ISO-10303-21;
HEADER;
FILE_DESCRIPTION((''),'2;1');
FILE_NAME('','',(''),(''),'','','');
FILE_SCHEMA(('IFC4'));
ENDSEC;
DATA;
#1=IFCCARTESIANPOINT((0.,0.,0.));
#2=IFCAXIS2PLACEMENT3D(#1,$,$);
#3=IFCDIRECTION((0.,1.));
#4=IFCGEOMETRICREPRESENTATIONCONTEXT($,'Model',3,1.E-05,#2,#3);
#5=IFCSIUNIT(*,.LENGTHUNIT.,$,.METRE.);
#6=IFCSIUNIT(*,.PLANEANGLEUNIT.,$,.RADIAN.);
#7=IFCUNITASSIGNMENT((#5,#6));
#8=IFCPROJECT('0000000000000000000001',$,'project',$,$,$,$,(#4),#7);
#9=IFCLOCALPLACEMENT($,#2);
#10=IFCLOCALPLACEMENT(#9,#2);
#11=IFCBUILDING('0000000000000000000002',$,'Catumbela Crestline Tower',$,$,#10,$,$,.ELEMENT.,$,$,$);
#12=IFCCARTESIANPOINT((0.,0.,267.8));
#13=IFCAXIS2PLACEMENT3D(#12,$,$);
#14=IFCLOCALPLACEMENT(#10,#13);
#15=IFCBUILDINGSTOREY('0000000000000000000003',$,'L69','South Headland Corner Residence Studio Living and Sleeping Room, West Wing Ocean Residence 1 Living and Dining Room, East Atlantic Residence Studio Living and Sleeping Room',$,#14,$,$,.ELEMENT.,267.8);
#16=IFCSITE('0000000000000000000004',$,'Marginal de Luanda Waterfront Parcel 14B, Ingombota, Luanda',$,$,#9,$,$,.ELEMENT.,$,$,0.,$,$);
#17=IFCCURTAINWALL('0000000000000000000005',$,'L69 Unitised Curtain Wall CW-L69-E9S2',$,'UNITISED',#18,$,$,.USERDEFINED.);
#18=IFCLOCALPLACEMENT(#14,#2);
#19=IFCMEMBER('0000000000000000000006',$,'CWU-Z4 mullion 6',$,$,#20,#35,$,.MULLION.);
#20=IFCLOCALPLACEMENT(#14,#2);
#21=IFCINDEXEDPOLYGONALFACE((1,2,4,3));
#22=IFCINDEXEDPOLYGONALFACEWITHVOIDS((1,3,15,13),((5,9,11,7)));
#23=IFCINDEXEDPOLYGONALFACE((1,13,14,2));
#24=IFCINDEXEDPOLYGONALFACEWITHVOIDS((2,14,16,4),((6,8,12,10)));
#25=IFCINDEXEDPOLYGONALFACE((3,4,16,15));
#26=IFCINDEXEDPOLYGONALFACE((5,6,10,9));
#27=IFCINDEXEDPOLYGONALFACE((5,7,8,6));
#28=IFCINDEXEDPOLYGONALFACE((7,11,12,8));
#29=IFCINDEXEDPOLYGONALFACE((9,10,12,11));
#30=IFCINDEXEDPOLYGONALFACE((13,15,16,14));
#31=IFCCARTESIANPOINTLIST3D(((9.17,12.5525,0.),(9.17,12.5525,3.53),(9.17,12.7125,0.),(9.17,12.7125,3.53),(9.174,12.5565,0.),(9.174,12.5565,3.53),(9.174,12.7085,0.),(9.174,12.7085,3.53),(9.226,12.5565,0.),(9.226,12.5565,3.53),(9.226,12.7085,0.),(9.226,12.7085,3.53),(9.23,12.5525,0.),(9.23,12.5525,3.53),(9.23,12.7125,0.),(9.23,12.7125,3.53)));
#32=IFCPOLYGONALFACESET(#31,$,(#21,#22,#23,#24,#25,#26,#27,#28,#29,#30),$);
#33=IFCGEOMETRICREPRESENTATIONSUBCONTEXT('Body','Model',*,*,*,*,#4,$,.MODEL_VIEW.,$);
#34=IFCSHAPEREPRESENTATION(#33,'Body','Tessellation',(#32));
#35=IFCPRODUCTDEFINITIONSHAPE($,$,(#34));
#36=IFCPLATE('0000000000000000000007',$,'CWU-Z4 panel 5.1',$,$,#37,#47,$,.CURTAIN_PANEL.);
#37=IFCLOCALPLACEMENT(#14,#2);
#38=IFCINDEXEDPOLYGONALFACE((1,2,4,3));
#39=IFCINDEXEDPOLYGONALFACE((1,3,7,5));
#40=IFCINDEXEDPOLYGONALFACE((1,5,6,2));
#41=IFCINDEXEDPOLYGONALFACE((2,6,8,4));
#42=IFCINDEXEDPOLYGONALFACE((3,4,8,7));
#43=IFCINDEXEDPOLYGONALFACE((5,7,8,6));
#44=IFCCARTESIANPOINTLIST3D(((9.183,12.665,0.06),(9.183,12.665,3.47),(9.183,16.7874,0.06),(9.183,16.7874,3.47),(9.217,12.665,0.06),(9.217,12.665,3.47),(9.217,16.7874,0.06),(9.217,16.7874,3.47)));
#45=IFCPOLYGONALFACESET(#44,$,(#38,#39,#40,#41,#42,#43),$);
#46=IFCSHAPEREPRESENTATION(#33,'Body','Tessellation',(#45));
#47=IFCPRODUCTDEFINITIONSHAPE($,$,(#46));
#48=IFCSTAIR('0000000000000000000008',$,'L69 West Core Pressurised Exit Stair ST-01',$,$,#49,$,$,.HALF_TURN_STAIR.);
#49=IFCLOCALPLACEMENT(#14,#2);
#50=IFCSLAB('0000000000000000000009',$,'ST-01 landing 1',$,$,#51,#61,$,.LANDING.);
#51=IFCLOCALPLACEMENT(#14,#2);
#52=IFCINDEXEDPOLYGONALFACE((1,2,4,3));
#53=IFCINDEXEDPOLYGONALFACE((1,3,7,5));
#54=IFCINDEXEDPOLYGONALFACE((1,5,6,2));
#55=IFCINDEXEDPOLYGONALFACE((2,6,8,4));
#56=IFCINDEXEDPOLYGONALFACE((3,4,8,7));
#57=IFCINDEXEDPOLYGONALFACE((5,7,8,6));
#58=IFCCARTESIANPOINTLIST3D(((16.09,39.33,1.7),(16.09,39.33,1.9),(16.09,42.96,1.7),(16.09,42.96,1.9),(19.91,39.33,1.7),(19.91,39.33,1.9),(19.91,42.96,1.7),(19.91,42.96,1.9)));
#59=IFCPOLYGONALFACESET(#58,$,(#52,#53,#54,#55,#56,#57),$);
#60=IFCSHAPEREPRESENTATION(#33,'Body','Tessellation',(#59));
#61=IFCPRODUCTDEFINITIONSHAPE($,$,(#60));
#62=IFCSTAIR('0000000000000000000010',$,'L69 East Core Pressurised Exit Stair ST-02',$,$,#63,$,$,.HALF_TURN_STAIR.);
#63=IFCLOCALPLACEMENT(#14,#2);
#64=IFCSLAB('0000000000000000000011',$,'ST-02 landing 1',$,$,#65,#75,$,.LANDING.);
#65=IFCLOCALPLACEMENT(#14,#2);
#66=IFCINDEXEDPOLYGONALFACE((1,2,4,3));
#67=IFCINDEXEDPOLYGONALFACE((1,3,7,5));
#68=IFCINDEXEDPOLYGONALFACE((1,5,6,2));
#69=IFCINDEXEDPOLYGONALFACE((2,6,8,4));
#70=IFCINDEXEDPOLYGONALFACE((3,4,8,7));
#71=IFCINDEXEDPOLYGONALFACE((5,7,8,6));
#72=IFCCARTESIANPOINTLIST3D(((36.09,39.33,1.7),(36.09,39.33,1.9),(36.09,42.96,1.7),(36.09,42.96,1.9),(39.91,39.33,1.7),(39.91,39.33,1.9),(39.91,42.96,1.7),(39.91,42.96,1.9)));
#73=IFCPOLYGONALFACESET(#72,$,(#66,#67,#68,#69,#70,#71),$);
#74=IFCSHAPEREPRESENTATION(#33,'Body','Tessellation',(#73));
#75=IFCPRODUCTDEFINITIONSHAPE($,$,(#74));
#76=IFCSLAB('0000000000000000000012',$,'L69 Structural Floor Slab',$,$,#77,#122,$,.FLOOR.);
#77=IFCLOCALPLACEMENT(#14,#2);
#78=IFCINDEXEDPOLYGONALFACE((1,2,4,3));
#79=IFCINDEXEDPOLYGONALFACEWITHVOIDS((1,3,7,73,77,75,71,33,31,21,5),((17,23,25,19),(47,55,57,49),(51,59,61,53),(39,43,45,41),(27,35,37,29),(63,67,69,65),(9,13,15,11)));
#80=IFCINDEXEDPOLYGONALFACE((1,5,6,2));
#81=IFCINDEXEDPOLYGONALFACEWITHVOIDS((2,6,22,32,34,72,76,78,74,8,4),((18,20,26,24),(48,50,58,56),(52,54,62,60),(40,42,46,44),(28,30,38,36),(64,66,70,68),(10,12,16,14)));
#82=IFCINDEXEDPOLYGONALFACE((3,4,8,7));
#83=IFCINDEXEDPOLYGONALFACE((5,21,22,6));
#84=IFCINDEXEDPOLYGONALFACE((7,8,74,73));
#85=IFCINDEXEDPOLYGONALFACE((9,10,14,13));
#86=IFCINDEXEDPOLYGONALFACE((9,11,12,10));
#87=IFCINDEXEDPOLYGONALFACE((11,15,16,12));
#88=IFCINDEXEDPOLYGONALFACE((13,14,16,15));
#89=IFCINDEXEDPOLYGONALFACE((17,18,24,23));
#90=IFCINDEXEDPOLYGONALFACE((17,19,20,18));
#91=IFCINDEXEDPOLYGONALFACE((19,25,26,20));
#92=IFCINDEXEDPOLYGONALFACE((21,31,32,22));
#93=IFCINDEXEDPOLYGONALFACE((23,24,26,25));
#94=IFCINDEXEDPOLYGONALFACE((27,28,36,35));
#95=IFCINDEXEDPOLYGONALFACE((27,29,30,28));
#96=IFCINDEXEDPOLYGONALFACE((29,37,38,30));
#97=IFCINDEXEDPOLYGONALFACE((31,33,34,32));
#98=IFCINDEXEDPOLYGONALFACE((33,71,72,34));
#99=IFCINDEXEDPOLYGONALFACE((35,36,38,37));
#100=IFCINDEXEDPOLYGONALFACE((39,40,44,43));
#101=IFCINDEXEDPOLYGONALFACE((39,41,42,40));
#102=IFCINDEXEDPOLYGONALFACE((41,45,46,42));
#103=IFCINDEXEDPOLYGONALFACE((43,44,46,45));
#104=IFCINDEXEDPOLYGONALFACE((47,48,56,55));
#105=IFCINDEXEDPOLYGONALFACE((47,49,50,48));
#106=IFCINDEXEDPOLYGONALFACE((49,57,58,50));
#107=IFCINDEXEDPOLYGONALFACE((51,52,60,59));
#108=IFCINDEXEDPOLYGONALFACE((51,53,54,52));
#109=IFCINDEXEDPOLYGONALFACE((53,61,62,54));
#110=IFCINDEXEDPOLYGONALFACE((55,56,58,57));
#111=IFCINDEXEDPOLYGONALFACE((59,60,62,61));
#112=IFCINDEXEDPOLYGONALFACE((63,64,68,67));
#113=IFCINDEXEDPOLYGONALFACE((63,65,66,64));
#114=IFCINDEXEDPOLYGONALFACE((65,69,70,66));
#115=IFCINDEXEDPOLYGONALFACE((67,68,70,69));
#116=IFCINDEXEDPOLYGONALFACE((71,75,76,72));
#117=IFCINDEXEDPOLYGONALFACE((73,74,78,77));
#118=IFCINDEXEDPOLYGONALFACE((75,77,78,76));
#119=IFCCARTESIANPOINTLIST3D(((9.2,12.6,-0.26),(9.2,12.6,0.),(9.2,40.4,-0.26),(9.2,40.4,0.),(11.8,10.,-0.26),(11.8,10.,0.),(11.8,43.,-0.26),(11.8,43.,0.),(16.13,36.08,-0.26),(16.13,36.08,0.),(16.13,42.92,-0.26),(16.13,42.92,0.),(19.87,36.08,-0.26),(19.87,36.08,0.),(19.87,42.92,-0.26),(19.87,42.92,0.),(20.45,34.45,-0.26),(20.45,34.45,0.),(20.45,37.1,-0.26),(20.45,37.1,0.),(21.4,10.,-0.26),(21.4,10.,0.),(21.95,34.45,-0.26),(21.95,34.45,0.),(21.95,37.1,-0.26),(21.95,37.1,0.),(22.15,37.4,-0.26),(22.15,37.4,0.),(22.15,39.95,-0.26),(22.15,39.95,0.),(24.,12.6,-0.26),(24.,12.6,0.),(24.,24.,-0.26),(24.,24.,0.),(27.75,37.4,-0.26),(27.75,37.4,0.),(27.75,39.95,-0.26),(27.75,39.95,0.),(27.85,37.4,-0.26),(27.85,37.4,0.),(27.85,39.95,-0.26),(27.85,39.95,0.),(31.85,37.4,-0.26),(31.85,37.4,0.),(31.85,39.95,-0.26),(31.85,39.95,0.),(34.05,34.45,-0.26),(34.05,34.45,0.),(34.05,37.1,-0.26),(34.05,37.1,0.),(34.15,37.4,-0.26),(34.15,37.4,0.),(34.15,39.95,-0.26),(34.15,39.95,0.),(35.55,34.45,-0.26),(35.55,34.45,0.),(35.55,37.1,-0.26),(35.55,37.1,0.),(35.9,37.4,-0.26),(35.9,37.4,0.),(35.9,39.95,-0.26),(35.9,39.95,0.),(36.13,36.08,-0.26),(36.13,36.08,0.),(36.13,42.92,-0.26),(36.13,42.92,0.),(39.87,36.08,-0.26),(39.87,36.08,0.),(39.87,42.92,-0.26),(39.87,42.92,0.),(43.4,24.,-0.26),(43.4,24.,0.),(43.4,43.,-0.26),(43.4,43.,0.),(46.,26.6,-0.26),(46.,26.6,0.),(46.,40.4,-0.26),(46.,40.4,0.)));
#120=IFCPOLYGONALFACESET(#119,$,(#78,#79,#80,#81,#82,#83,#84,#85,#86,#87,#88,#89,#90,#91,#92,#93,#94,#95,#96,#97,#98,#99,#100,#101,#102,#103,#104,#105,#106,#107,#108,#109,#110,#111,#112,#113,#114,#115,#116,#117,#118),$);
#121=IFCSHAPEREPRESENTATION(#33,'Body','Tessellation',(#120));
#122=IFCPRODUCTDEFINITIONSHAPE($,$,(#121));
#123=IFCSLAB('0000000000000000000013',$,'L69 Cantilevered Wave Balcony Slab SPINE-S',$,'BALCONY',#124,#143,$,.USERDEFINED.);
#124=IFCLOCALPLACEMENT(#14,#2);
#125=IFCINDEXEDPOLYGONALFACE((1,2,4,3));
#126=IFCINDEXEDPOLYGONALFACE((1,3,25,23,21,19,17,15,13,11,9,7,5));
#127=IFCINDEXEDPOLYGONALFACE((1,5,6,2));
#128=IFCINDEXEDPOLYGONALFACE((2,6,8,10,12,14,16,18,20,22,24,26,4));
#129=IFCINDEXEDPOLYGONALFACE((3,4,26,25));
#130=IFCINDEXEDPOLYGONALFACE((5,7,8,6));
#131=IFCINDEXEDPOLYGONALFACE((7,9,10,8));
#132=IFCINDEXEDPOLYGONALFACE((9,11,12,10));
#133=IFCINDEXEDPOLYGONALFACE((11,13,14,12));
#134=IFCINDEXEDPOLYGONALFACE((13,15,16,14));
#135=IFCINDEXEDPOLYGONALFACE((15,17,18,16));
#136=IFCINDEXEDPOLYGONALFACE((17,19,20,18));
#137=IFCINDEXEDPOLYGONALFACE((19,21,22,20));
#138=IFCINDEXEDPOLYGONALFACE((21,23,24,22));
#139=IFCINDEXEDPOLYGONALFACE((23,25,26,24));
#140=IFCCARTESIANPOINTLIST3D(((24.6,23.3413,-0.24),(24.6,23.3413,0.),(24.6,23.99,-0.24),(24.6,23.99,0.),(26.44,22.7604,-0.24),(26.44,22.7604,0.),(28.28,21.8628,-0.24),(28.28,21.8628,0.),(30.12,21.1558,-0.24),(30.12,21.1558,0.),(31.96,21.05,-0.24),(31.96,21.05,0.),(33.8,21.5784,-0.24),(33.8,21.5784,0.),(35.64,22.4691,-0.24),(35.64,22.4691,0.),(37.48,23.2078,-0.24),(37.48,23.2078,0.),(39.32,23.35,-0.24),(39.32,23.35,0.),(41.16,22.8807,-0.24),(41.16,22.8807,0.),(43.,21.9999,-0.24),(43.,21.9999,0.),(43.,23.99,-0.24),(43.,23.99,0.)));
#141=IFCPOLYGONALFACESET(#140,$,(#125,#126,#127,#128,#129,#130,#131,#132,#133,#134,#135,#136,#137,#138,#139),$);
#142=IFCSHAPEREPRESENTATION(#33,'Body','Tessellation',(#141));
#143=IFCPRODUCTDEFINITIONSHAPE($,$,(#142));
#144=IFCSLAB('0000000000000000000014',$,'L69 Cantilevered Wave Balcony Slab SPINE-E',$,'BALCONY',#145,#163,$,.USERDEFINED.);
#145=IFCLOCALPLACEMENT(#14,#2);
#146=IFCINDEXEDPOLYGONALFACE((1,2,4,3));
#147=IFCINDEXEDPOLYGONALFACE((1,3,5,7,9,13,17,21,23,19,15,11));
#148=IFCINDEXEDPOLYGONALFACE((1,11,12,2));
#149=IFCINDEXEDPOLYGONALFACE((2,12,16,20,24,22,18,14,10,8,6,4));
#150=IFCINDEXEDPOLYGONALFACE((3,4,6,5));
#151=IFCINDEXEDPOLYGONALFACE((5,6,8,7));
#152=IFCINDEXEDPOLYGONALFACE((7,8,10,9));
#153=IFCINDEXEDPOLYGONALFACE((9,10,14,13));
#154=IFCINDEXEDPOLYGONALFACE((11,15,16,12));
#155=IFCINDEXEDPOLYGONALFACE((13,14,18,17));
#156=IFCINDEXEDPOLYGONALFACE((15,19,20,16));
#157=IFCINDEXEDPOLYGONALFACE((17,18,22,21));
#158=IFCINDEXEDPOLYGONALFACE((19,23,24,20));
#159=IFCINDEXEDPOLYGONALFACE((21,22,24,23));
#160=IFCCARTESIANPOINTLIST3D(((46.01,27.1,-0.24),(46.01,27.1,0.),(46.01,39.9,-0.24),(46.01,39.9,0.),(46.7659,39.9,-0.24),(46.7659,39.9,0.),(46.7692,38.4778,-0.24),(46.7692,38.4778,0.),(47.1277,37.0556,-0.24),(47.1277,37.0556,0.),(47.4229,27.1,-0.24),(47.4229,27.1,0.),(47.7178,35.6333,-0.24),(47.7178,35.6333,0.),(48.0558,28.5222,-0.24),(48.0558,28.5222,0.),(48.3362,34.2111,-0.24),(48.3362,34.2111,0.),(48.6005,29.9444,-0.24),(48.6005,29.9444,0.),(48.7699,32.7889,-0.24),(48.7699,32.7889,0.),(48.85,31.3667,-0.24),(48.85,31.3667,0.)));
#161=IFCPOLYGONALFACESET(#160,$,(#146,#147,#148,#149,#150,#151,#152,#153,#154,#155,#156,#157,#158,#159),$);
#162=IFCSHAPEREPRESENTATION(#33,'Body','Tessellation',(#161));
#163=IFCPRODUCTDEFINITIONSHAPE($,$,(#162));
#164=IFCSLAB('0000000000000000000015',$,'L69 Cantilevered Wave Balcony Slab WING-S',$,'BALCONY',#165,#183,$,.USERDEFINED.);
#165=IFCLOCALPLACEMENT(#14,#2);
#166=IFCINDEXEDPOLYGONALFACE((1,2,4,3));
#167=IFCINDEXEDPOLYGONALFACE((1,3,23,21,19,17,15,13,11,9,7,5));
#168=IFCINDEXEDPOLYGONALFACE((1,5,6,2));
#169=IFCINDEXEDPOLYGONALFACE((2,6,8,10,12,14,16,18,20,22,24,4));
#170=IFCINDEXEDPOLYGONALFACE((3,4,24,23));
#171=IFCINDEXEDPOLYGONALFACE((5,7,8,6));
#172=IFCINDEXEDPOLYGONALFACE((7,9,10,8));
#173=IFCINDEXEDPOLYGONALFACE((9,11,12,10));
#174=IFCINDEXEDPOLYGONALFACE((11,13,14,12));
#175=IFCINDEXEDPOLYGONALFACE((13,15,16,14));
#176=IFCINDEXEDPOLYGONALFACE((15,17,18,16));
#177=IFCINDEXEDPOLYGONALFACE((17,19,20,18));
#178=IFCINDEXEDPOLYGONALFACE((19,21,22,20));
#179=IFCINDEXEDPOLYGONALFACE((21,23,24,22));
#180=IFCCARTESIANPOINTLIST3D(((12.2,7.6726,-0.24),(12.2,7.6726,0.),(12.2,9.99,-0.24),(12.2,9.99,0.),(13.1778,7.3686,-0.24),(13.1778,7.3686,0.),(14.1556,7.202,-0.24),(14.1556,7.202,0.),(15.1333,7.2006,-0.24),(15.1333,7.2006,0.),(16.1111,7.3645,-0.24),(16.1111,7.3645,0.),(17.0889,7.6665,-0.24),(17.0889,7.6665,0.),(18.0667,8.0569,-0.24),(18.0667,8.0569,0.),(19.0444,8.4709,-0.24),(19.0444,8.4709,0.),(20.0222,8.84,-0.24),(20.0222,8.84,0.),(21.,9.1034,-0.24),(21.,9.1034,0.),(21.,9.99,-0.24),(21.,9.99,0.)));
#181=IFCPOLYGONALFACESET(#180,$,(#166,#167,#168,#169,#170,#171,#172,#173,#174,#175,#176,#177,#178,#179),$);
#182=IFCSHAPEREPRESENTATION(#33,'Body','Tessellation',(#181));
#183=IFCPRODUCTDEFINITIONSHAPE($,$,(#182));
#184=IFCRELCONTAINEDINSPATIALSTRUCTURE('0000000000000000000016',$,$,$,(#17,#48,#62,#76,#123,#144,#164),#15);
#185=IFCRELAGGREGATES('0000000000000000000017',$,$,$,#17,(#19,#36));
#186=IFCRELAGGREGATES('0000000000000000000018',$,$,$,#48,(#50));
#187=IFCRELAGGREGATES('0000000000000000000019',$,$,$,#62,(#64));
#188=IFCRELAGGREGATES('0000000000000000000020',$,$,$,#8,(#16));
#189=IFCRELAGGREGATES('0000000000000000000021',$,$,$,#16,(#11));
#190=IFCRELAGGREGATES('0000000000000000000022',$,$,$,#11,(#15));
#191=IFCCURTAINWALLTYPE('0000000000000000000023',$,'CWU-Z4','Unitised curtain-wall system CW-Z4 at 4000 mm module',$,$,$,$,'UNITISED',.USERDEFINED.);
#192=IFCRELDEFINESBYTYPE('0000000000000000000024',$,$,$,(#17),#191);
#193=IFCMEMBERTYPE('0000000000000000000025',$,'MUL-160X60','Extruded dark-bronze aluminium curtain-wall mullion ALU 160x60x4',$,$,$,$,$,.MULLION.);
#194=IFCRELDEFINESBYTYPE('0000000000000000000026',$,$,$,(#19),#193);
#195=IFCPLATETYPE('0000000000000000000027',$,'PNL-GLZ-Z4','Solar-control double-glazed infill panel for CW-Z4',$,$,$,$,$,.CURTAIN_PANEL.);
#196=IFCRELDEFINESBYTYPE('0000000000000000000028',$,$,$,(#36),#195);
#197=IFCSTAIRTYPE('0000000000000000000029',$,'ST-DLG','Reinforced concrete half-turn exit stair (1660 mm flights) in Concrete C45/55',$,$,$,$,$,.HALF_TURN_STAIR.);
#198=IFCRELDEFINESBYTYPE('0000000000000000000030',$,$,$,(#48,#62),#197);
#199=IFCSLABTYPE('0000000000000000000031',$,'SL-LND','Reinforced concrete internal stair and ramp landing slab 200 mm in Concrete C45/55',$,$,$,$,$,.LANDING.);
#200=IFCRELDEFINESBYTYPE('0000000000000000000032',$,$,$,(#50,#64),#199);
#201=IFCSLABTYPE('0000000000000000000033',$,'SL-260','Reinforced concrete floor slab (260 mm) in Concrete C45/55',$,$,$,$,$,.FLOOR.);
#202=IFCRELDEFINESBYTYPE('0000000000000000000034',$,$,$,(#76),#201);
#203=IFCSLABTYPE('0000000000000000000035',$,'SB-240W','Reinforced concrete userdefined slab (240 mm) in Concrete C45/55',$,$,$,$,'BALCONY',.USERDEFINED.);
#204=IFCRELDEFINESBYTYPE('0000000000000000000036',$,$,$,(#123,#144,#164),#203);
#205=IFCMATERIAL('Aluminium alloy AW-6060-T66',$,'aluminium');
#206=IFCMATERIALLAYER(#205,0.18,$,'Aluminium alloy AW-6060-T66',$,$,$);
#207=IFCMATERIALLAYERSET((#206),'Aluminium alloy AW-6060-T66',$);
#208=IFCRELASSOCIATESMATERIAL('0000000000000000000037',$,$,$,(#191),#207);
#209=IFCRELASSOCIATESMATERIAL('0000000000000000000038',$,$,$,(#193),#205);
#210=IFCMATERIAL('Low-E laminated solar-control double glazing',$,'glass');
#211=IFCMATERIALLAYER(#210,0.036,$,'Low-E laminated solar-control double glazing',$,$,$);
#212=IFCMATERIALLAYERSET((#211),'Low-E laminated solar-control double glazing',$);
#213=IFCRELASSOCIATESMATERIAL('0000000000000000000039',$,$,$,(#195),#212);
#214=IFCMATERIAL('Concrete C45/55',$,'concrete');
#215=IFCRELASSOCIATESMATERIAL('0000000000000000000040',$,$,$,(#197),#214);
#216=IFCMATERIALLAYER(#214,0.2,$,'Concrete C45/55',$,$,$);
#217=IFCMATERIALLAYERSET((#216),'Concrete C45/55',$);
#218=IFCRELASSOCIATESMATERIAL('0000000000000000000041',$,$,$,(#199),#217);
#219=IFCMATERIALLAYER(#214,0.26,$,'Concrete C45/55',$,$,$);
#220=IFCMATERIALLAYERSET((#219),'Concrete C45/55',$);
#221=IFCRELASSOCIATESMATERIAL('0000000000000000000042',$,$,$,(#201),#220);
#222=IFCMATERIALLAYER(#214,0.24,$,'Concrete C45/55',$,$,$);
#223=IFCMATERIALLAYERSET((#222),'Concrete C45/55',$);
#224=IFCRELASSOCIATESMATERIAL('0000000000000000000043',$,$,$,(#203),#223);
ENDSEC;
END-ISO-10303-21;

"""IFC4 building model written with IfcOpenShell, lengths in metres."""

from ifc_helpers import new_model, si_unit, direction, frame, origin, origin_2d, place, context, subcontext, project, spatial, polyline, rectangle, hollow_rectangle, outline, extrude, material, layer, layer_set, material_profile, profile_set, type_object, element, aggregate, save


model = new_model("IFC4")

# Units and contexts
model_context = context("Model", 3, precision=1e-05, world=origin(), true_north=direction((0.0, 1.0)))
body_context = subcontext(model_context, "Body", "Model", "MODEL_VIEW")
ifc_project = project(units=[si_unit("LENGTHUNIT", "METRE"), si_unit("PLANEANGLEUNIT", "RADIAN")], contexts=[model_context])

# Site, building, storey
site_placement = place(None, origin())
site = spatial("IfcSite", under=ifc_project, at=site_placement, Name="Marginal de Luanda Waterfront Parcel 14B, Ingombota, Luanda", CompositionType="ELEMENT", RefElevation=0.0)
building_placement = place(site_placement, origin())
building = spatial("IfcBuilding", under=site, at=building_placement, Name="Catumbela Crestline Tower", CompositionType="ELEMENT")
storey_placement = place(building_placement, frame((0.0, 0.0, 267.8)))
storey = spatial("IfcBuildingStorey", under=building, at=storey_placement, Name="L69", Description="South Headland Corner Residence Studio Living and Sleeping Room, West Wing Ocean Residence 1 Living and Dining Room, East Atlantic Residence Studio Living and Sleeping Room", CompositionType="ELEMENT", Elevation=267.8)

# Curtain wall, member, plate
ifc_material_1 = material(Name="Aluminium alloy AW-6060-T66", Category="aluminium")
ifc_layer_1 = layer(ifc_material_1, 0.18, Name="Aluminium alloy AW-6060-T66")
ifc_layer_set_1 = layer_set([ifc_layer_1], Name="Aluminium alloy AW-6060-T66")
curtain_wall_type = type_object("IfcCurtainWallType", Name="CWU-Z4", Description="Unitised curtain-wall system CW-Z4 at 4000 mm module", ElementType="UNITISED", PredefinedType="USERDEFINED", material=ifc_layer_set_1)
curtain_wall_placement = place(storey_placement, origin())
curtain_wall = element("IfcCurtainWall", 1, at=curtain_wall_placement, inside=storey, type_object=curtain_wall_type, Name="L69 Unitised Curtain Wall CW-L69-E9S2", ObjectType="UNITISED", PredefinedType="USERDEFINED")
ifc_material_profile = material_profile(ifc_material_1, hollow_rectangle(XDim=0.06, YDim=0.16, WallThickness=0.004, at=origin_2d()), Name="ALU 160x60x4")
ifc_profile_set = profile_set([ifc_material_profile], Name="Aluminium alloy AW-6060-T66")
member_type = type_object("IfcMemberType", Name="MUL-160X60", Description="Extruded dark-bronze aluminium curtain-wall mullion ALU 160x60x4", PredefinedType="MULLION", material=ifc_profile_set)
member_placement = place(storey_placement, frame((9.2, 12.6325, 0.0), z_axis=(0.0, 0.0, 1.0), x_axis=(1.0, 0.0, 0.0)))
member = element("IfcMember", 2, at=member_placement, type_object=member_type, Name="CWU-Z4 mullion 6", PredefinedType="MULLION", context=body_context, shape_type="SweptSolid", body=[
    extrude(hollow_rectangle(XDim=0.06, YDim=0.16, WallThickness=0.004, at=origin_2d()), origin(), (0.0, 0.0, 1.0), 3.53),
])
ifc_material_2 = material(Name="Low-E laminated solar-control double glazing", Category="glass")
ifc_layer_2 = layer(ifc_material_2, 0.036, Name="Low-E laminated solar-control double glazing")
ifc_layer_set_2 = layer_set([ifc_layer_2], Name="Low-E laminated solar-control double glazing")
plate_type = type_object("IfcPlateType", Name="PNL-GLZ-Z4", Description="Solar-control double-glazed infill panel for CW-Z4", PredefinedType="CURTAIN_PANEL", material=ifc_layer_set_2)
plate_placement = place(storey_placement, frame((9.2, 14.7262, 0.06), z_axis=(0.0, 0.0, 1.0), x_axis=(0.0, -1.0, 0.0)))
plate = element("IfcPlate", 3, at=plate_placement, type_object=plate_type, Name="CWU-Z4 panel 5.1", PredefinedType="CURTAIN_PANEL", context=body_context, shape_type="SweptSolid", body=[
    extrude(rectangle(XDim=4.1225, YDim=0.034, at=origin_2d()), origin(), (0.0, 0.0, 1.0), 3.41),
])
aggregate(curtain_wall, [member, plate])

# Stairs, slabs
ifc_material_3 = material(Name="Concrete C45/55", Category="concrete")
stair_type = type_object("IfcStairType", Name="ST-DLG", Description="Reinforced concrete half-turn exit stair (1660 mm flights) in Concrete C45/55", PredefinedType="HALF_TURN_STAIR", material=ifc_material_3)
stair_1_placement = place(storey_placement, origin())
stair_1 = element("IfcStair", 4, at=stair_1_placement, inside=storey, type_object=stair_type, Name="L69 West Core Pressurised Exit Stair ST-01", PredefinedType="HALF_TURN_STAIR")
ifc_layer_3 = layer(ifc_material_3, 0.2, Name="Concrete C45/55")
ifc_layer_set_3 = layer_set([ifc_layer_3], Name="Concrete C45/55")
slab_type_1 = type_object("IfcSlabType", Name="SL-LND", Description="Reinforced concrete internal stair and ramp landing slab 200 mm in Concrete C45/55", PredefinedType="LANDING", material=ifc_layer_set_3)
slab_1_placement = place(storey_placement, frame((0.0, 0.0, 1.7)))
slab_1 = element("IfcSlab", 5, at=slab_1_placement, type_object=slab_type_1, Name="ST-01 landing 1", PredefinedType="LANDING", context=body_context, shape_type="SweptSolid", body=[
    extrude(outline(polyline([(19.91, 39.33), (19.91, 42.96), (16.09, 42.96), (16.09, 39.33), (19.91, 39.33)])), origin(), (0.0, 0.0, 1.0), 0.2),
])
aggregate(stair_1, [slab_1])
stair_2_placement = place(storey_placement, origin())
stair_2 = element("IfcStair", 6, at=stair_2_placement, inside=storey, type_object=stair_type, Name="L69 East Core Pressurised Exit Stair ST-02", PredefinedType="HALF_TURN_STAIR")
slab_2_placement = place(storey_placement, frame((0.0, 0.0, 1.7)))
slab_2 = element("IfcSlab", 7, at=slab_2_placement, type_object=slab_type_1, Name="ST-02 landing 1", PredefinedType="LANDING", context=body_context, shape_type="SweptSolid", body=[
    extrude(outline(polyline([(39.91, 39.33), (39.91, 42.96), (36.09, 42.96), (36.09, 39.33), (39.91, 39.33)])), origin(), (0.0, 0.0, 1.0), 0.2),
])
aggregate(stair_2, [slab_2])

# Slabs
ifc_layer_4 = layer(ifc_material_3, 0.26, Name="Concrete C45/55")
ifc_layer_set_4 = layer_set([ifc_layer_4], Name="Concrete C45/55")
slab_type_2 = type_object("IfcSlabType", Name="SL-260", Description="Reinforced concrete floor slab (260 mm) in Concrete C45/55", PredefinedType="FLOOR", material=ifc_layer_set_4)
slab_3_placement = place(storey_placement, frame((0.0, 0.0, -0.26)))
element("IfcSlab", 8, at=slab_3_placement, inside=storey, type_object=slab_type_2, Name="L69 Structural Floor Slab", PredefinedType="FLOOR", context=body_context, shape_type="SweptSolid", body=[
    extrude(outline(polyline([(11.8, 10.0), (21.4, 10.0), (24.0, 12.6), (24.0, 24.0), (43.4, 24.0), (46.0, 26.6), (46.0, 40.4), (43.4, 43.0), (11.8, 43.0), (9.2, 40.4), (9.2, 12.6), (11.8, 10.0)]), holes=[polyline([(16.13, 36.08), (19.87, 36.08), (19.87, 42.92), (16.13, 42.92), (16.13, 36.08)]), polyline([(36.13, 36.08), (39.87, 36.08), (39.87, 42.92), (36.13, 42.92), (36.13, 36.08)]), polyline([(22.15, 37.4), (27.75, 37.4), (27.75, 39.95), (22.15, 39.95), (22.15, 37.4)]), polyline([(27.85, 37.4), (31.85, 37.4), (31.85, 39.95), (27.85, 39.95), (27.85, 37.4)]), polyline([(20.45, 34.45), (21.95, 34.45), (21.95, 37.1), (20.45, 37.1), (20.45, 34.45)]), polyline([(34.05, 34.45), (35.55, 34.45), (35.55, 37.1), (34.05, 37.1), (34.05, 34.45)]), polyline([(34.15, 37.4), (35.9, 37.4), (35.9, 39.95), (34.15, 39.95), (34.15, 37.4)])]), origin(), (0.0, 0.0, 1.0), 0.26),
])
ifc_layer_5 = layer(ifc_material_3, 0.24, Name="Concrete C45/55")
ifc_layer_set_5 = layer_set([ifc_layer_5], Name="Concrete C45/55")
slab_type_3 = type_object("IfcSlabType", Name="SB-240W", Description="Reinforced concrete userdefined slab (240 mm) in Concrete C45/55", ElementType="BALCONY", PredefinedType="USERDEFINED", material=ifc_layer_set_5)
slab_4_placement = place(storey_placement, frame((0.0, 0.0, -0.24)))
element("IfcSlab", 9, at=slab_4_placement, inside=storey, type_object=slab_type_3, Name="L69 Cantilevered Wave Balcony Slab SPINE-S", ObjectType="BALCONY", PredefinedType="USERDEFINED", context=body_context, shape_type="SweptSolid", body=[
    extrude(outline(polyline([(24.6, 23.3413), (26.44, 22.7604), (28.28, 21.8628), (30.12, 21.1558), (31.96, 21.05), (33.8, 21.5784), (35.64, 22.4691), (37.48, 23.2078), (39.32, 23.35), (41.16, 22.8807), (43.0, 21.9999), (43.0, 23.99), (24.6, 23.99), (24.6, 23.3413)])), origin(), (0.0, 0.0, 1.0), 0.24),
])
slab_5_placement = place(storey_placement, frame((0.0, 0.0, -0.24)))
element("IfcSlab", 10, at=slab_5_placement, inside=storey, type_object=slab_type_3, Name="L69 Cantilevered Wave Balcony Slab SPINE-E", ObjectType="BALCONY", PredefinedType="USERDEFINED", context=body_context, shape_type="SweptSolid", body=[
    extrude(outline(polyline([(46.01, 27.1), (47.4229, 27.1), (48.0558, 28.5222), (48.6005, 29.9444), (48.85, 31.3667), (48.7699, 32.7889), (48.3362, 34.2111), (47.7178, 35.6333), (47.1277, 37.0556), (46.7692, 38.4778), (46.7659, 39.9), (46.01, 39.9), (46.01, 27.1)])), origin(), (0.0, 0.0, 1.0), 0.24),
])
slab_6_placement = place(storey_placement, frame((0.0, 0.0, -0.24)))
element("IfcSlab", 11, at=slab_6_placement, inside=storey, type_object=slab_type_3, Name="L69 Cantilevered Wave Balcony Slab WING-S", ObjectType="BALCONY", PredefinedType="USERDEFINED", context=body_context, shape_type="SweptSolid", body=[
    extrude(outline(polyline([(12.2, 7.6726), (13.1778, 7.3686), (14.1556, 7.202), (15.1333, 7.2006), (16.1111, 7.3645), (17.0889, 7.6665), (18.0667, 8.0569), (19.0444, 8.4709), (20.0222, 8.84), (21.0, 9.1034), (21.0, 9.99), (12.2, 9.99), (12.2, 7.6726)])), origin(), (0.0, 0.0, 1.0), 0.24),
])

save(model, "model.ifc")
